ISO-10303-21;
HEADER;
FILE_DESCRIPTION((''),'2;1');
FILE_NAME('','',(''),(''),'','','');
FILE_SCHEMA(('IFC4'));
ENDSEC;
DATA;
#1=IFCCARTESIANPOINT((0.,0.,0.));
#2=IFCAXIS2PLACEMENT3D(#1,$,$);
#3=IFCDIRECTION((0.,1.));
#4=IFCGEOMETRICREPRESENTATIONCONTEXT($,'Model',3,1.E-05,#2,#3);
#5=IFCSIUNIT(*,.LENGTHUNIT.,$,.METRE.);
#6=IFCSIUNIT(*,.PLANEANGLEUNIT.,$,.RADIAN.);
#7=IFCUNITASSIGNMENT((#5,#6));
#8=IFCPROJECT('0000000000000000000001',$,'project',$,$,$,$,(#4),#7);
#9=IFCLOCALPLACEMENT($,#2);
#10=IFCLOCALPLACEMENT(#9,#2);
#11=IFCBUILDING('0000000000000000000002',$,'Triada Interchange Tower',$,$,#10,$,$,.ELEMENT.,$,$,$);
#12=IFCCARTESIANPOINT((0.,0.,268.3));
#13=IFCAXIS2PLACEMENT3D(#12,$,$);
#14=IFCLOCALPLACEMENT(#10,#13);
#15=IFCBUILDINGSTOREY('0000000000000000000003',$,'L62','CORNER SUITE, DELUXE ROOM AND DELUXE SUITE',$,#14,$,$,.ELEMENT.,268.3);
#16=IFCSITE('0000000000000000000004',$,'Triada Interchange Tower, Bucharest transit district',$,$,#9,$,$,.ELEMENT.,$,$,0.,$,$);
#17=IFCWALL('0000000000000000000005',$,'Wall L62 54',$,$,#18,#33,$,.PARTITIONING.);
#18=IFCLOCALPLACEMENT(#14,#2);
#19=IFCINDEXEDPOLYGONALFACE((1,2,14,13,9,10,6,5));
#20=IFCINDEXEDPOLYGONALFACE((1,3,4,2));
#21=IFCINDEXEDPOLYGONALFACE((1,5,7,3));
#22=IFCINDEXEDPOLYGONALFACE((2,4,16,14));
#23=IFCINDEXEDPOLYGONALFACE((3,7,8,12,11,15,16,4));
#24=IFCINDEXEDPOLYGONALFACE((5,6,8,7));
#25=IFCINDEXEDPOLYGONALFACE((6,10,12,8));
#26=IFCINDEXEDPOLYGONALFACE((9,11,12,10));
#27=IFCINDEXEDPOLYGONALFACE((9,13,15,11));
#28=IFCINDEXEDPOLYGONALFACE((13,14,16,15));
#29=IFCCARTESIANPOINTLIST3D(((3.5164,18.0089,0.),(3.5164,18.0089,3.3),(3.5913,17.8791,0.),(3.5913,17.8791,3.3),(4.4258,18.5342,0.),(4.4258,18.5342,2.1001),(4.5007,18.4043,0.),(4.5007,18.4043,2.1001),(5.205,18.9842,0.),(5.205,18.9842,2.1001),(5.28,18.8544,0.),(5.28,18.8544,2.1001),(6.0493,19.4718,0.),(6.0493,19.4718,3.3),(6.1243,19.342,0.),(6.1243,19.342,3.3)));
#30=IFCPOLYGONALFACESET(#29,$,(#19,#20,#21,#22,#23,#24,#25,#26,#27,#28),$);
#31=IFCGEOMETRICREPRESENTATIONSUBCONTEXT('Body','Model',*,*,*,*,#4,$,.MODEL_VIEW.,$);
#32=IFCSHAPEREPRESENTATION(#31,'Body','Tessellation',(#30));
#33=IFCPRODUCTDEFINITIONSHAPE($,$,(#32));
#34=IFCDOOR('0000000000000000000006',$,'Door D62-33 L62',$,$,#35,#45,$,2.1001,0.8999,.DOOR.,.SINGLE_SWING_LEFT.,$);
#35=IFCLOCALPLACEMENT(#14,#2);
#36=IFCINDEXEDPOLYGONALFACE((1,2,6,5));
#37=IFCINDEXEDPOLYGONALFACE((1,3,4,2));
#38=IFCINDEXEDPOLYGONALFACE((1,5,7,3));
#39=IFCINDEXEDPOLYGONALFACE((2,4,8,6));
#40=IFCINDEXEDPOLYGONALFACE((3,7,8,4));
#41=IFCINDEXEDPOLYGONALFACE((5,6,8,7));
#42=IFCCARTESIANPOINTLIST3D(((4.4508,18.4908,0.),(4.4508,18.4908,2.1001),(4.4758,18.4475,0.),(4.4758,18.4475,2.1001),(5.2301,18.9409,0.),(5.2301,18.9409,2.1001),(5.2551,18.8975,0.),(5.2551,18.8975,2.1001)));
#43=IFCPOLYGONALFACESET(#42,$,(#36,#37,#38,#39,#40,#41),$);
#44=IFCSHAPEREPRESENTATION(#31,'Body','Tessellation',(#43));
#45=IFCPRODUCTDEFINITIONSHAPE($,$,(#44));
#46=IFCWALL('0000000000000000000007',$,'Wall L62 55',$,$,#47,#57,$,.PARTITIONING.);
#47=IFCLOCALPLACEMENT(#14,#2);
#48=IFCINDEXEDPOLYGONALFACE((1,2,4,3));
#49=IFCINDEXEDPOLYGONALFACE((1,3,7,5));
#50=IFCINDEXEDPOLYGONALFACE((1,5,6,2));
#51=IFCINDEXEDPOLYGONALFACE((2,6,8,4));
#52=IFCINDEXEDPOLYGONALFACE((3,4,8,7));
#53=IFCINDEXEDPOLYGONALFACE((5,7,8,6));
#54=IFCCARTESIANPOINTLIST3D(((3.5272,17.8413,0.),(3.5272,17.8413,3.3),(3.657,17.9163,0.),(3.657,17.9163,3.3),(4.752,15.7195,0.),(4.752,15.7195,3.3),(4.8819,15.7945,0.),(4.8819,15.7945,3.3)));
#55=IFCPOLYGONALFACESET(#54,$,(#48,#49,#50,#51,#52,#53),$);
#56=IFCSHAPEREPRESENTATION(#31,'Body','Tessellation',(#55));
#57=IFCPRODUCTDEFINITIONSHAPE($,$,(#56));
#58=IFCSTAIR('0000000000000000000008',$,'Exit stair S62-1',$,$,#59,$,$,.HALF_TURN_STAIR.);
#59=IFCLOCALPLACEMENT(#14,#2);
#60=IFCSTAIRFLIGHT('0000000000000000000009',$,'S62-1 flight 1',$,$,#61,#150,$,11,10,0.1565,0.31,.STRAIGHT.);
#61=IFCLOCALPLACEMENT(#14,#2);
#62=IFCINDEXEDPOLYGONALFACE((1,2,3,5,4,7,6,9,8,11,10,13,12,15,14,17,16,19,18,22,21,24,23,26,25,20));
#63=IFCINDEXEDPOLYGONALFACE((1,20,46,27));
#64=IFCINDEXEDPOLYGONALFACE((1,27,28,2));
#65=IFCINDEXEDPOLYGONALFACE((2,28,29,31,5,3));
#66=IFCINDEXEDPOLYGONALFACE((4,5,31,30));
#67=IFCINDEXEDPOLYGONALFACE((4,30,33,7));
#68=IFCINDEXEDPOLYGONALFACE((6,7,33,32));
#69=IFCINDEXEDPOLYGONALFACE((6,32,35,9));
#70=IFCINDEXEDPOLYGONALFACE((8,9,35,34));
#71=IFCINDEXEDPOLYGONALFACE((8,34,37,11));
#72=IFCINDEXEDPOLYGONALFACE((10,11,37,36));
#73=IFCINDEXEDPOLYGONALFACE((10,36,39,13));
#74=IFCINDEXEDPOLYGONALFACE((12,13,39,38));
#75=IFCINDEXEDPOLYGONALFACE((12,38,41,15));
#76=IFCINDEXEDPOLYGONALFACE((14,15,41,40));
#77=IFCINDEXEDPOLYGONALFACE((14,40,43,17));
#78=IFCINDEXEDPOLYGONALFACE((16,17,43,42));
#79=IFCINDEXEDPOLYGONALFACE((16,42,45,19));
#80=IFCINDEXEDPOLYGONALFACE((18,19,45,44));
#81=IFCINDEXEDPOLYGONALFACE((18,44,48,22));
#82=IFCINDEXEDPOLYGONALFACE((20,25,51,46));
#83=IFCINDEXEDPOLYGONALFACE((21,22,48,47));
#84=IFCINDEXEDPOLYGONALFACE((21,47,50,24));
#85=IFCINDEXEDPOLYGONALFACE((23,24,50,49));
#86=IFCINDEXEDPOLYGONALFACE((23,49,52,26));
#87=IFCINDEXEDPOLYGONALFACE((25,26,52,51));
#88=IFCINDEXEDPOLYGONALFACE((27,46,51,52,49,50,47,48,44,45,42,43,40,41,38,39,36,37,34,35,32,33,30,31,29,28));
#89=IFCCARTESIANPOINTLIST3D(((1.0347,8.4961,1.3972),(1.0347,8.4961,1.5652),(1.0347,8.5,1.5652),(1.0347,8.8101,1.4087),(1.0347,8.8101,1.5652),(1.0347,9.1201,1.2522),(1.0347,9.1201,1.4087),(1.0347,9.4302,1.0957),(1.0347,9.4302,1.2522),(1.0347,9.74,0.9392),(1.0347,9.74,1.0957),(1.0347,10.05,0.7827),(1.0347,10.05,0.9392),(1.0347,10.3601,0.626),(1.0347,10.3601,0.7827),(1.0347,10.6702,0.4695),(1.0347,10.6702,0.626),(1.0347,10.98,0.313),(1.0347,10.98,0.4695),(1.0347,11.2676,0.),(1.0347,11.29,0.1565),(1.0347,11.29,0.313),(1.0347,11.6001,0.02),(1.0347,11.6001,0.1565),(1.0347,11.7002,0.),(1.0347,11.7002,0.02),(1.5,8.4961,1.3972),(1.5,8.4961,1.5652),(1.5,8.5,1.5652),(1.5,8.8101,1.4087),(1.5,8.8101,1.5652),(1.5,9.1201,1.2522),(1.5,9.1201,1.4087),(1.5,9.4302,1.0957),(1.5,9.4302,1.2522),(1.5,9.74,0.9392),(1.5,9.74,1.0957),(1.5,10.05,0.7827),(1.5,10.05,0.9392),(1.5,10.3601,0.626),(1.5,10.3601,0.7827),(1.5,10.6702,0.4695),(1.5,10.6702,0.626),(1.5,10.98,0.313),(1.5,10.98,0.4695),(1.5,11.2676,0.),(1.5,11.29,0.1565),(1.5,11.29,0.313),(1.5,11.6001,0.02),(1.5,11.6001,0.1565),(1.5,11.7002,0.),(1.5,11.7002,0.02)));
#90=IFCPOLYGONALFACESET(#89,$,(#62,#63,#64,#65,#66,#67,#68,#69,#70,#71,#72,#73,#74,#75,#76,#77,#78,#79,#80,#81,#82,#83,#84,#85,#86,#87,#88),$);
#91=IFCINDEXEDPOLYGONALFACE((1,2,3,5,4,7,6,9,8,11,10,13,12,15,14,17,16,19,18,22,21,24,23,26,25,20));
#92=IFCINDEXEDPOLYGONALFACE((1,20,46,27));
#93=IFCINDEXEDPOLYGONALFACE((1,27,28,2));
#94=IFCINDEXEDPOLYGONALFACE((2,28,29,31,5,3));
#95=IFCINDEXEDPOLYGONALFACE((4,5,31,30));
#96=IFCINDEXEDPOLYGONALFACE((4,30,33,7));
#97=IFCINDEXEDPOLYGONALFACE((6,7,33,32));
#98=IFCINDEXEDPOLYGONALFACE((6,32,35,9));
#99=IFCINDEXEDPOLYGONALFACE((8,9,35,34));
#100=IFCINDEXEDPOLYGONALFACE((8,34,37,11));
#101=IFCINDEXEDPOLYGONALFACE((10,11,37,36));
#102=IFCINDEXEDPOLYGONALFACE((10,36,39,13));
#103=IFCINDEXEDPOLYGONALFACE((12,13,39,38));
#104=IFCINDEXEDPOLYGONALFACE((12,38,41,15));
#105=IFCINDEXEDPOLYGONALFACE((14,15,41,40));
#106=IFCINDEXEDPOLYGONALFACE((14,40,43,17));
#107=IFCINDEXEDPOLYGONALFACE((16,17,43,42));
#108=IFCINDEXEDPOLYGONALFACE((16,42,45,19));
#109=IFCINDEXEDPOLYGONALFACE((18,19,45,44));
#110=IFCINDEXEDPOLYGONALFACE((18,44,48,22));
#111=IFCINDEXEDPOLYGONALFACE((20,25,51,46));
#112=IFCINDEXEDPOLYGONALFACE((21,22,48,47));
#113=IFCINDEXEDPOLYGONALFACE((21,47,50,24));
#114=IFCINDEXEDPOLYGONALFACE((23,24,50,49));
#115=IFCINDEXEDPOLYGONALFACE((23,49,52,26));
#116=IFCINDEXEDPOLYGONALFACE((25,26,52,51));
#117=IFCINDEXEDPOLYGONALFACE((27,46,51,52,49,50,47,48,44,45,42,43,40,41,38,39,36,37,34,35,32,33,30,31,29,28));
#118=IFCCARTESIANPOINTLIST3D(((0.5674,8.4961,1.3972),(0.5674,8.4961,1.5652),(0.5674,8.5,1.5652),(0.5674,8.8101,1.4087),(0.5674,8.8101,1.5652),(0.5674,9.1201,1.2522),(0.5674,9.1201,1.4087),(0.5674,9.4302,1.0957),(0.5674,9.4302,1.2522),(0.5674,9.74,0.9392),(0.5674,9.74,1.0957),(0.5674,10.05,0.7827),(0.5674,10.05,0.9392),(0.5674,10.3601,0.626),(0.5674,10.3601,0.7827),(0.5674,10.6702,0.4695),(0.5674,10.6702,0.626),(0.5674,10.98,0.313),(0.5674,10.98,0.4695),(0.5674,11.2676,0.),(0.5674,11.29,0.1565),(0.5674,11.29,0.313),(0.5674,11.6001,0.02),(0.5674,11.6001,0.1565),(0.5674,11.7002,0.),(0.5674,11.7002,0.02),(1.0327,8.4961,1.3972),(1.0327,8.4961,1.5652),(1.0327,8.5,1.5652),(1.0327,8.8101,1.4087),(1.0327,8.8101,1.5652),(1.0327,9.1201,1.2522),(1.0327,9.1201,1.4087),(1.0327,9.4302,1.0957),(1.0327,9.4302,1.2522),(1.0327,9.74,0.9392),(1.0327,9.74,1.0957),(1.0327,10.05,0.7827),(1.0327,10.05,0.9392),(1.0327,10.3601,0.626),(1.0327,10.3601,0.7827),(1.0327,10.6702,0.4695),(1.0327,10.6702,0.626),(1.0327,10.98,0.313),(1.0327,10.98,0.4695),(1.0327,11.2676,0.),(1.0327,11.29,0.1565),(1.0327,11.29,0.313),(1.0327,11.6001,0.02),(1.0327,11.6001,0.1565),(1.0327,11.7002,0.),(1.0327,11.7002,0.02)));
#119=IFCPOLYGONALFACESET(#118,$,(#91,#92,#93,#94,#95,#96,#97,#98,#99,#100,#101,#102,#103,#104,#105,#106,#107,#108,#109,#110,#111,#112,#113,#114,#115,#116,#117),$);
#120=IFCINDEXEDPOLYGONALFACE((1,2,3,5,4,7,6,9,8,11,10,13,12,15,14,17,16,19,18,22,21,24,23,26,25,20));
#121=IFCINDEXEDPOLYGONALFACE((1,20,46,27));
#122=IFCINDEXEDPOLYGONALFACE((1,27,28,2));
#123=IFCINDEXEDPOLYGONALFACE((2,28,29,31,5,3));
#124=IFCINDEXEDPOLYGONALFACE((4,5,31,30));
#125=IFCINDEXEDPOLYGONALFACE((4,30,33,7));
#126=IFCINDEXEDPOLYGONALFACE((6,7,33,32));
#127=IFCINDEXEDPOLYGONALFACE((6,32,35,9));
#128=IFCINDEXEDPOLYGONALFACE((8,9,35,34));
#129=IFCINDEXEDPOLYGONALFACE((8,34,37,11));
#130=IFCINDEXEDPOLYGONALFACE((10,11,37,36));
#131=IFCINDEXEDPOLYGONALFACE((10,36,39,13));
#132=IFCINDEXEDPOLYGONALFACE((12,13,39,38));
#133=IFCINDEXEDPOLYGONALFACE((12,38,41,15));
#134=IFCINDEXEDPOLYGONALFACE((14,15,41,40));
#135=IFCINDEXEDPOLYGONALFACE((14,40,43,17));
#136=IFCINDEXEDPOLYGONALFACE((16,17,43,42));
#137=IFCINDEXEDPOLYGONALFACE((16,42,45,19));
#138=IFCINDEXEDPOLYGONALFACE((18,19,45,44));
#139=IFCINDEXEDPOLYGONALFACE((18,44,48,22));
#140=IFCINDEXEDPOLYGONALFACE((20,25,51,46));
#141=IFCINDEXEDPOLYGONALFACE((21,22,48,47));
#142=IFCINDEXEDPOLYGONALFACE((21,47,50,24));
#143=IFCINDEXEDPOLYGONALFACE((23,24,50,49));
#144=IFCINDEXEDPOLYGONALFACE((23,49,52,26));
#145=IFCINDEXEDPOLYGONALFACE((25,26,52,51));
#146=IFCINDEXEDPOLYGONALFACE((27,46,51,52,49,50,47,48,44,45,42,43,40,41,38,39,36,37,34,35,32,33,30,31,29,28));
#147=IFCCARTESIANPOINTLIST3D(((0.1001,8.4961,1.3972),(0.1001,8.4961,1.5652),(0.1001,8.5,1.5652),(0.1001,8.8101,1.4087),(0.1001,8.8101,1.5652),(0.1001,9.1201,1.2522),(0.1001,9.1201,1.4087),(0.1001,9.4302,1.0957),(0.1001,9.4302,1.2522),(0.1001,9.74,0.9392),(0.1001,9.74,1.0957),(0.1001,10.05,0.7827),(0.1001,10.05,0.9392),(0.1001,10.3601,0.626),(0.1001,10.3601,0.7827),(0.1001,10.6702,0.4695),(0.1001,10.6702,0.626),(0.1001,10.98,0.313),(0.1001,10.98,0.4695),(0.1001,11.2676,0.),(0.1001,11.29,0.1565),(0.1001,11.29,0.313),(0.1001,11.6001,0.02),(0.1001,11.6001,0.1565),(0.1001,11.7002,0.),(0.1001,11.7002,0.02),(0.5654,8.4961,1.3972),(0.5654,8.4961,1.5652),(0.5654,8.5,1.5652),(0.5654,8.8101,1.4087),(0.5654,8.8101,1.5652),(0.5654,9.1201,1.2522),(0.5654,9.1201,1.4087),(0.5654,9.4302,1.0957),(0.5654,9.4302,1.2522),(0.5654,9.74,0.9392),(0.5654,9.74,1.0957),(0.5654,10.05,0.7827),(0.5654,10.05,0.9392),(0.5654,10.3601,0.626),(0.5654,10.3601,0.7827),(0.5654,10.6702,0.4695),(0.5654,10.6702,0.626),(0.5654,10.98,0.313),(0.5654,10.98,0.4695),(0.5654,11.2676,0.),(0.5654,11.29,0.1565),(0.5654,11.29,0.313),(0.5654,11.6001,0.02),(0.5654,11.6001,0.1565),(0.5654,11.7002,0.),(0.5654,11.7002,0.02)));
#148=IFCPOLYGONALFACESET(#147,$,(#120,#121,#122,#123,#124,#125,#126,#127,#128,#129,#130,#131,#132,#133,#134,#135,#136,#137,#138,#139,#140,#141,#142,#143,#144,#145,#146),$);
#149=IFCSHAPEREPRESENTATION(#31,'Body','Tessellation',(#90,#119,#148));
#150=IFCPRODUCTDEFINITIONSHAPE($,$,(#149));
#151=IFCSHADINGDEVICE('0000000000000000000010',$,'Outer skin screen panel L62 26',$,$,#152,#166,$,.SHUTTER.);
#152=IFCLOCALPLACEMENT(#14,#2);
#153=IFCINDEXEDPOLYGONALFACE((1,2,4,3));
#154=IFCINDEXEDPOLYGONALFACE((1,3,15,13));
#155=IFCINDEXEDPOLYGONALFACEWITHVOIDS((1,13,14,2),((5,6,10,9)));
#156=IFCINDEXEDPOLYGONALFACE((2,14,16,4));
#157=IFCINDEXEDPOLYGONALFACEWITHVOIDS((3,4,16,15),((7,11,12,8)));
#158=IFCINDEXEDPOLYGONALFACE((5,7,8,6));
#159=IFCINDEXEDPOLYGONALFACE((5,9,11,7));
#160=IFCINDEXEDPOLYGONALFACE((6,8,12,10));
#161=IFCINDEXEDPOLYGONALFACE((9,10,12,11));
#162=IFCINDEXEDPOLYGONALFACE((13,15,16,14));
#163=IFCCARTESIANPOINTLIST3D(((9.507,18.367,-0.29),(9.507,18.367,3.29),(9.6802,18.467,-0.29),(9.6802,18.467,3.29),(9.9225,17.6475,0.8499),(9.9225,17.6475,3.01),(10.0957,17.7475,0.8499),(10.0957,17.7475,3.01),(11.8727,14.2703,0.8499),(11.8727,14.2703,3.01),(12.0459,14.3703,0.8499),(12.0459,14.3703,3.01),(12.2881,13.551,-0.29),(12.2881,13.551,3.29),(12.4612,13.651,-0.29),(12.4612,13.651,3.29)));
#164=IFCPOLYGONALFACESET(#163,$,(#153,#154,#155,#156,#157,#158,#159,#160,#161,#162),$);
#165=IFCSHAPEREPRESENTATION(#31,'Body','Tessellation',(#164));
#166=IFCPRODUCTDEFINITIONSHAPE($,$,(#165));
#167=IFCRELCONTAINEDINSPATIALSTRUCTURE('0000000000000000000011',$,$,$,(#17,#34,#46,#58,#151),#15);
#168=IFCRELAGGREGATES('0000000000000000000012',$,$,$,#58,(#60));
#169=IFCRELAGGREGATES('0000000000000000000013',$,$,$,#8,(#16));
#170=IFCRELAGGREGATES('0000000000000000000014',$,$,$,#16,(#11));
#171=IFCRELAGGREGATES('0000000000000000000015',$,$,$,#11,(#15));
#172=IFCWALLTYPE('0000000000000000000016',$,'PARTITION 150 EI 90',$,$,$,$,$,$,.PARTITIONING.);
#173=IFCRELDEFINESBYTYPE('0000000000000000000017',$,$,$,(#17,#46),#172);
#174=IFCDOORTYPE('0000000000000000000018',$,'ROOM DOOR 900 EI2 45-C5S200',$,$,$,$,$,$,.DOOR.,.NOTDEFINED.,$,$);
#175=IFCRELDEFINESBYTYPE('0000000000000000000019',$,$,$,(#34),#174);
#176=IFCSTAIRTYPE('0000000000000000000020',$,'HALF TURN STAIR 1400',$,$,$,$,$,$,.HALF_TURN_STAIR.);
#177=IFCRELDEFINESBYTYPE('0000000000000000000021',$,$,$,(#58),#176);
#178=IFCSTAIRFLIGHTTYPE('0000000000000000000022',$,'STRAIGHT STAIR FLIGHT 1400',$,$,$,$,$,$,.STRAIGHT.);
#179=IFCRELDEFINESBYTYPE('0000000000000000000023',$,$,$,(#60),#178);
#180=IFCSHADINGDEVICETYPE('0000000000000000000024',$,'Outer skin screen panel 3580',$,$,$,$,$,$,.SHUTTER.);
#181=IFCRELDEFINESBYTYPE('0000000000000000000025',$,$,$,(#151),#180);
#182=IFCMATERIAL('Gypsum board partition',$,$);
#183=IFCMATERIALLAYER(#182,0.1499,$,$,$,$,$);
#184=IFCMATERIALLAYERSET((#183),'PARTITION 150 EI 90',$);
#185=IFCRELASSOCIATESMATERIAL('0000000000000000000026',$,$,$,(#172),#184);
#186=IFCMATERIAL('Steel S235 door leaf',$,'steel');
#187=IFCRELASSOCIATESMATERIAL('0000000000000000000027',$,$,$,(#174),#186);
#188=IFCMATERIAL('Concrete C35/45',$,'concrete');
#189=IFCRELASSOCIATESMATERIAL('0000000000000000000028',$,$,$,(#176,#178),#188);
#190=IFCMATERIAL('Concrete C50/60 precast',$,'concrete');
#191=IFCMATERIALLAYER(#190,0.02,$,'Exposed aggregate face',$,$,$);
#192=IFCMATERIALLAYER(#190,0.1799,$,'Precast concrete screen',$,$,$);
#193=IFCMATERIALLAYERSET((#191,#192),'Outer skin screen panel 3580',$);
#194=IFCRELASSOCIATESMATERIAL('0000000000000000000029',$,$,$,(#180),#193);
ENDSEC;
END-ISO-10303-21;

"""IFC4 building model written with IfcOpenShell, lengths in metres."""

from ifc_helpers import new_model, si_unit, direction, frame, frame_2d, origin, place, context, subcontext, project, spatial, polyline, rectangle, outline, extrude, material, layer, layer_set, type_object, element, fill, aggregate, save


model = new_model("IFC4")

# Units and contexts
model_context = context("Model", 3, precision=1e-05, world=origin(), true_north=direction((0.0, 1.0)))
body_context = subcontext(model_context, "Body", "Model", "MODEL_VIEW")
ifc_project = project(units=[si_unit("LENGTHUNIT", "METRE"), si_unit("PLANEANGLEUNIT", "RADIAN")], contexts=[model_context])

# Site, building, storey
site_placement = place(None, origin())
site = spatial("IfcSite", under=ifc_project, at=site_placement, Name="Triada Interchange Tower, Bucharest transit district", CompositionType="ELEMENT", RefElevation=0.0)
building_placement = place(site_placement, origin())
building = spatial("IfcBuilding", under=site, at=building_placement, Name="Triada Interchange Tower", CompositionType="ELEMENT")
storey_placement = place(building_placement, frame((0.0, 0.0, 268.3)))
storey = spatial("IfcBuildingStorey", under=building, at=storey_placement, Name="L62", Description="CORNER SUITE, DELUXE ROOM AND DELUXE SUITE", CompositionType="ELEMENT", Elevation=268.3)

# Shared definitions
ifc_material_1 = material(Name="Steel S235 door leaf", Category="steel")

# Shared definitions
ifc_material_2 = material(Name="Gypsum board partition")

# Wall, opening, door
ifc_layer_1 = layer(ifc_material_2, 0.1499)
ifc_layer_set_1 = layer_set([ifc_layer_1], Name="PARTITION 150 EI 90")
wall_type_1 = type_object("IfcWallType", Name="PARTITION 150 EI 90", PredefinedType="PARTITIONING", material=ifc_layer_set_1)
wall_1_placement = place(storey_placement, frame((3.554, 17.9441, 0.0), z_axis=(0.0, 0.0, 1.0), x_axis=(0.865953, 0.500125, 0.0)))
wall_1 = element("IfcWall", 1, at=wall_1_placement, inside=storey, type_object=wall_type_1, Name="Wall L62 54", PredefinedType="PARTITIONING", context=body_context, shape_type="SweptSolid", body=[
    extrude(rectangle(XDim=2.925, YDim=0.1499, at=frame_2d((1.4624, 0.0))), origin(), (0.0, 0.0, 1.0), 3.3),
])
opening_1_placement = place(wall_1_placement, frame((1.05, 0.0, 0.0)))
opening_1 = element("IfcOpeningElement", 2, at=opening_1_placement, cuts=wall_1, PredefinedType="OPENING", context=body_context, shape_type="SweptSolid", body=[
    extrude(rectangle(XDim=0.8999, YDim=2.1001, at=frame_2d((0.45, 1.05))), frame((0.0, 0.085, 0.0), z_axis=(0.0, -1.0, 0.0), x_axis=(1.0, 0.0, 0.0)), (0.0, 0.0, 1.0), 0.1699),
])
door_type_1 = type_object("IfcDoorType", Name="ROOM DOOR 900 EI2 45-C5S200", OperationType="NOTDEFINED", PredefinedType="DOOR", material=ifc_material_1)
door_1_placement = place(opening_1_placement, origin())
door_1 = element("IfcDoor", 3, at=door_1_placement, inside=storey, type_object=door_type_1, Name="Door D62-33 L62", OperationType="SINGLE_SWING_LEFT", OverallHeight=2.1001, OverallWidth=0.8999, PredefinedType="DOOR", context=body_context, shape_type="SweptSolid", body=[
    extrude(rectangle(XDim=0.8999, YDim=2.1001, at=frame_2d((0.45, 1.05))), frame((0.0, 0.0249, 0.0), z_axis=(0.0, -1.0, 0.0), x_axis=(1.0, 0.0, 0.0)), (0.0, 0.0, 1.0), 0.05),
])
fill(opening_1, door_1)

# Wall
wall_2_placement = place(storey_placement, frame((3.592, 17.8789, 0.0), z_axis=(0.0, 0.0, 1.0), x_axis=(0.499944, -0.866058, 0.0)))
element("IfcWall", 4, at=wall_2_placement, inside=storey, type_object=wall_type_1, Name="Wall L62 55", PredefinedType="PARTITIONING", context=body_context, shape_type="SweptSolid", body=[
    extrude(rectangle(XDim=2.45, YDim=0.1499, at=frame_2d((1.2251, 0.0))), origin(), (0.0, 0.0, 1.0), 3.3),
])

# Stair, stair flight
ifc_material_3 = material(Name="Concrete C35/45", Category="concrete")
stair_type = type_object("IfcStairType", Name="HALF TURN STAIR 1400", PredefinedType="HALF_TURN_STAIR", material=ifc_material_3)
stair_placement = place(storey_placement, origin())
stair = element("IfcStair", 5, at=stair_placement, inside=storey, type_object=stair_type, Name="Exit stair S62-1", PredefinedType="HALF_TURN_STAIR")
stair_flight_type = type_object("IfcStairFlightType", Name="STRAIGHT STAIR FLIGHT 1400", PredefinedType="STRAIGHT", material=ifc_material_3)
stair_flight_placement = place(storey_placement, frame((0.8, 11.6001, 0.0), z_axis=(0.0, 0.0, 1.0), x_axis=(0.0, -1.0, 0.0)))
stair_flight = element("IfcStairFlight", 6, at=stair_flight_placement, type_object=stair_flight_type, Name="S62-1 flight 1", NumberOfRisers=11, NumberOfTreads=10, PredefinedType="STRAIGHT", RiserHeight=0.1565, TreadLength=0.31, context=body_context, shape_type="SweptSolid", body=[
    extrude(outline(polyline([(-0.1001, 0.0), (-0.1001, 0.02), (0.0, 0.02), (0.0, 0.1565), (0.3101, 0.1565), (0.3101, 0.313), (0.6201, 0.313), (0.6201, 0.4695), (0.9299, 0.4695), (0.9299, 0.626), (1.24, 0.626), (1.24, 0.7827), (1.55, 0.7827), (1.55, 0.9392), (1.8601, 0.9392), (1.8601, 1.0957), (2.1699, 1.0957), (2.1699, 1.2522), (2.48, 1.2522), (2.48, 1.4087), (2.79, 1.4087), (2.79, 1.5652), (3.1001, 1.5652), (3.104, 1.5652), (3.104, 1.7217), (3.104, 1.3972), (0.3325, 0.0), (-0.1001, 0.0)])), frame((0.0, 0.7, 0.0), z_axis=(0.0, -1.0, 0.0), x_axis=(1.0, 0.0, 0.0)), (0.0, 0.0, 1.0), 0.4653),
    extrude(outline(polyline([(-0.1001, 0.0), (-0.1001, 0.02), (0.0, 0.02), (0.0, 0.1565), (0.3101, 0.1565), (0.3101, 0.313), (0.6201, 0.313), (0.6201, 0.4695), (0.9299, 0.4695), (0.9299, 0.626), (1.24, 0.626), (1.24, 0.7827), (1.55, 0.7827), (1.55, 0.9392), (1.8601, 0.9392), (1.8601, 1.0957), (2.1699, 1.0957), (2.1699, 1.2522), (2.48, 1.2522), (2.48, 1.4087), (2.79, 1.4087), (2.79, 1.5652), (3.1001, 1.5652), (3.104, 1.5652), (3.104, 1.7217), (3.104, 1.3972), (0.3325, 0.0), (-0.1001, 0.0)])), frame((0.0, 0.2327, 0.0), z_axis=(0.0, -1.0, 0.0), x_axis=(1.0, 0.0, 0.0)), (0.0, 0.0, 1.0), 0.4653),
    extrude(outline(polyline([(-0.1001, 0.0), (-0.1001, 0.02), (0.0, 0.02), (0.0, 0.1565), (0.3101, 0.1565), (0.3101, 0.313), (0.6201, 0.313), (0.6201, 0.4695), (0.9299, 0.4695), (0.9299, 0.626), (1.24, 0.626), (1.24, 0.7827), (1.55, 0.7827), (1.55, 0.9392), (1.8601, 0.9392), (1.8601, 1.0957), (2.1699, 1.0957), (2.1699, 1.2522), (2.48, 1.2522), (2.48, 1.4087), (2.79, 1.4087), (2.79, 1.5652), (3.1001, 1.5652), (3.104, 1.5652), (3.104, 1.7217), (3.104, 1.3972), (0.3325, 0.0), (-0.1001, 0.0)])), frame((0.0, -0.2346, 0.0), z_axis=(0.0, -1.0, 0.0), x_axis=(1.0, 0.0, 0.0)), (0.0, 0.0, 1.0), 0.4653),
])

# Shading device
ifc_material_4 = material(Name="Concrete C50/60 precast", Category="concrete")
ifc_layer_2 = layer(ifc_material_4, 0.02, Name="Exposed aggregate face")
ifc_layer_3 = layer(ifc_material_4, 0.1799, Name="Precast concrete screen")
ifc_layer_set_2 = layer_set([ifc_layer_2, ifc_layer_3], Name="Outer skin screen panel 3580")
shading_device_type = type_object("IfcShadingDeviceType", Name="Outer skin screen panel 3580", PredefinedType="SHUTTER", material=ifc_layer_set_2)
shading_device_placement = place(storey_placement, frame((12.2881, 13.551, -0.29), z_axis=(0.0, 0.0, 1.0), x_axis=(-0.500072, 0.865984, 0.0)))
element("IfcShadingDevice", 7, at=shading_device_placement, inside=storey, type_object=shading_device_type, Name="Outer skin screen panel L62 26", PredefinedType="SHUTTER", context=body_context, shape_type="SweptSolid", body=[
    extrude(outline(polyline([(0.0, 0.0), (5.5613, 0.0), (5.5613, 3.5801), (0.0, 3.5801), (0.0, 0.0)]), holes=[polyline([(0.8306, 1.1399), (0.8306, 3.3), (4.7305, 3.3), (4.7305, 1.1399), (0.8306, 1.1399)])]), frame((0.0, 0.0, 0.0), z_axis=(0.0, -1.0, 0.0), x_axis=(1.0, 0.0, 0.0)), (0.0, 0.0, 1.0), 0.2),
])

aggregate(stair, [stair_flight])

save(model, "model.ifc")
